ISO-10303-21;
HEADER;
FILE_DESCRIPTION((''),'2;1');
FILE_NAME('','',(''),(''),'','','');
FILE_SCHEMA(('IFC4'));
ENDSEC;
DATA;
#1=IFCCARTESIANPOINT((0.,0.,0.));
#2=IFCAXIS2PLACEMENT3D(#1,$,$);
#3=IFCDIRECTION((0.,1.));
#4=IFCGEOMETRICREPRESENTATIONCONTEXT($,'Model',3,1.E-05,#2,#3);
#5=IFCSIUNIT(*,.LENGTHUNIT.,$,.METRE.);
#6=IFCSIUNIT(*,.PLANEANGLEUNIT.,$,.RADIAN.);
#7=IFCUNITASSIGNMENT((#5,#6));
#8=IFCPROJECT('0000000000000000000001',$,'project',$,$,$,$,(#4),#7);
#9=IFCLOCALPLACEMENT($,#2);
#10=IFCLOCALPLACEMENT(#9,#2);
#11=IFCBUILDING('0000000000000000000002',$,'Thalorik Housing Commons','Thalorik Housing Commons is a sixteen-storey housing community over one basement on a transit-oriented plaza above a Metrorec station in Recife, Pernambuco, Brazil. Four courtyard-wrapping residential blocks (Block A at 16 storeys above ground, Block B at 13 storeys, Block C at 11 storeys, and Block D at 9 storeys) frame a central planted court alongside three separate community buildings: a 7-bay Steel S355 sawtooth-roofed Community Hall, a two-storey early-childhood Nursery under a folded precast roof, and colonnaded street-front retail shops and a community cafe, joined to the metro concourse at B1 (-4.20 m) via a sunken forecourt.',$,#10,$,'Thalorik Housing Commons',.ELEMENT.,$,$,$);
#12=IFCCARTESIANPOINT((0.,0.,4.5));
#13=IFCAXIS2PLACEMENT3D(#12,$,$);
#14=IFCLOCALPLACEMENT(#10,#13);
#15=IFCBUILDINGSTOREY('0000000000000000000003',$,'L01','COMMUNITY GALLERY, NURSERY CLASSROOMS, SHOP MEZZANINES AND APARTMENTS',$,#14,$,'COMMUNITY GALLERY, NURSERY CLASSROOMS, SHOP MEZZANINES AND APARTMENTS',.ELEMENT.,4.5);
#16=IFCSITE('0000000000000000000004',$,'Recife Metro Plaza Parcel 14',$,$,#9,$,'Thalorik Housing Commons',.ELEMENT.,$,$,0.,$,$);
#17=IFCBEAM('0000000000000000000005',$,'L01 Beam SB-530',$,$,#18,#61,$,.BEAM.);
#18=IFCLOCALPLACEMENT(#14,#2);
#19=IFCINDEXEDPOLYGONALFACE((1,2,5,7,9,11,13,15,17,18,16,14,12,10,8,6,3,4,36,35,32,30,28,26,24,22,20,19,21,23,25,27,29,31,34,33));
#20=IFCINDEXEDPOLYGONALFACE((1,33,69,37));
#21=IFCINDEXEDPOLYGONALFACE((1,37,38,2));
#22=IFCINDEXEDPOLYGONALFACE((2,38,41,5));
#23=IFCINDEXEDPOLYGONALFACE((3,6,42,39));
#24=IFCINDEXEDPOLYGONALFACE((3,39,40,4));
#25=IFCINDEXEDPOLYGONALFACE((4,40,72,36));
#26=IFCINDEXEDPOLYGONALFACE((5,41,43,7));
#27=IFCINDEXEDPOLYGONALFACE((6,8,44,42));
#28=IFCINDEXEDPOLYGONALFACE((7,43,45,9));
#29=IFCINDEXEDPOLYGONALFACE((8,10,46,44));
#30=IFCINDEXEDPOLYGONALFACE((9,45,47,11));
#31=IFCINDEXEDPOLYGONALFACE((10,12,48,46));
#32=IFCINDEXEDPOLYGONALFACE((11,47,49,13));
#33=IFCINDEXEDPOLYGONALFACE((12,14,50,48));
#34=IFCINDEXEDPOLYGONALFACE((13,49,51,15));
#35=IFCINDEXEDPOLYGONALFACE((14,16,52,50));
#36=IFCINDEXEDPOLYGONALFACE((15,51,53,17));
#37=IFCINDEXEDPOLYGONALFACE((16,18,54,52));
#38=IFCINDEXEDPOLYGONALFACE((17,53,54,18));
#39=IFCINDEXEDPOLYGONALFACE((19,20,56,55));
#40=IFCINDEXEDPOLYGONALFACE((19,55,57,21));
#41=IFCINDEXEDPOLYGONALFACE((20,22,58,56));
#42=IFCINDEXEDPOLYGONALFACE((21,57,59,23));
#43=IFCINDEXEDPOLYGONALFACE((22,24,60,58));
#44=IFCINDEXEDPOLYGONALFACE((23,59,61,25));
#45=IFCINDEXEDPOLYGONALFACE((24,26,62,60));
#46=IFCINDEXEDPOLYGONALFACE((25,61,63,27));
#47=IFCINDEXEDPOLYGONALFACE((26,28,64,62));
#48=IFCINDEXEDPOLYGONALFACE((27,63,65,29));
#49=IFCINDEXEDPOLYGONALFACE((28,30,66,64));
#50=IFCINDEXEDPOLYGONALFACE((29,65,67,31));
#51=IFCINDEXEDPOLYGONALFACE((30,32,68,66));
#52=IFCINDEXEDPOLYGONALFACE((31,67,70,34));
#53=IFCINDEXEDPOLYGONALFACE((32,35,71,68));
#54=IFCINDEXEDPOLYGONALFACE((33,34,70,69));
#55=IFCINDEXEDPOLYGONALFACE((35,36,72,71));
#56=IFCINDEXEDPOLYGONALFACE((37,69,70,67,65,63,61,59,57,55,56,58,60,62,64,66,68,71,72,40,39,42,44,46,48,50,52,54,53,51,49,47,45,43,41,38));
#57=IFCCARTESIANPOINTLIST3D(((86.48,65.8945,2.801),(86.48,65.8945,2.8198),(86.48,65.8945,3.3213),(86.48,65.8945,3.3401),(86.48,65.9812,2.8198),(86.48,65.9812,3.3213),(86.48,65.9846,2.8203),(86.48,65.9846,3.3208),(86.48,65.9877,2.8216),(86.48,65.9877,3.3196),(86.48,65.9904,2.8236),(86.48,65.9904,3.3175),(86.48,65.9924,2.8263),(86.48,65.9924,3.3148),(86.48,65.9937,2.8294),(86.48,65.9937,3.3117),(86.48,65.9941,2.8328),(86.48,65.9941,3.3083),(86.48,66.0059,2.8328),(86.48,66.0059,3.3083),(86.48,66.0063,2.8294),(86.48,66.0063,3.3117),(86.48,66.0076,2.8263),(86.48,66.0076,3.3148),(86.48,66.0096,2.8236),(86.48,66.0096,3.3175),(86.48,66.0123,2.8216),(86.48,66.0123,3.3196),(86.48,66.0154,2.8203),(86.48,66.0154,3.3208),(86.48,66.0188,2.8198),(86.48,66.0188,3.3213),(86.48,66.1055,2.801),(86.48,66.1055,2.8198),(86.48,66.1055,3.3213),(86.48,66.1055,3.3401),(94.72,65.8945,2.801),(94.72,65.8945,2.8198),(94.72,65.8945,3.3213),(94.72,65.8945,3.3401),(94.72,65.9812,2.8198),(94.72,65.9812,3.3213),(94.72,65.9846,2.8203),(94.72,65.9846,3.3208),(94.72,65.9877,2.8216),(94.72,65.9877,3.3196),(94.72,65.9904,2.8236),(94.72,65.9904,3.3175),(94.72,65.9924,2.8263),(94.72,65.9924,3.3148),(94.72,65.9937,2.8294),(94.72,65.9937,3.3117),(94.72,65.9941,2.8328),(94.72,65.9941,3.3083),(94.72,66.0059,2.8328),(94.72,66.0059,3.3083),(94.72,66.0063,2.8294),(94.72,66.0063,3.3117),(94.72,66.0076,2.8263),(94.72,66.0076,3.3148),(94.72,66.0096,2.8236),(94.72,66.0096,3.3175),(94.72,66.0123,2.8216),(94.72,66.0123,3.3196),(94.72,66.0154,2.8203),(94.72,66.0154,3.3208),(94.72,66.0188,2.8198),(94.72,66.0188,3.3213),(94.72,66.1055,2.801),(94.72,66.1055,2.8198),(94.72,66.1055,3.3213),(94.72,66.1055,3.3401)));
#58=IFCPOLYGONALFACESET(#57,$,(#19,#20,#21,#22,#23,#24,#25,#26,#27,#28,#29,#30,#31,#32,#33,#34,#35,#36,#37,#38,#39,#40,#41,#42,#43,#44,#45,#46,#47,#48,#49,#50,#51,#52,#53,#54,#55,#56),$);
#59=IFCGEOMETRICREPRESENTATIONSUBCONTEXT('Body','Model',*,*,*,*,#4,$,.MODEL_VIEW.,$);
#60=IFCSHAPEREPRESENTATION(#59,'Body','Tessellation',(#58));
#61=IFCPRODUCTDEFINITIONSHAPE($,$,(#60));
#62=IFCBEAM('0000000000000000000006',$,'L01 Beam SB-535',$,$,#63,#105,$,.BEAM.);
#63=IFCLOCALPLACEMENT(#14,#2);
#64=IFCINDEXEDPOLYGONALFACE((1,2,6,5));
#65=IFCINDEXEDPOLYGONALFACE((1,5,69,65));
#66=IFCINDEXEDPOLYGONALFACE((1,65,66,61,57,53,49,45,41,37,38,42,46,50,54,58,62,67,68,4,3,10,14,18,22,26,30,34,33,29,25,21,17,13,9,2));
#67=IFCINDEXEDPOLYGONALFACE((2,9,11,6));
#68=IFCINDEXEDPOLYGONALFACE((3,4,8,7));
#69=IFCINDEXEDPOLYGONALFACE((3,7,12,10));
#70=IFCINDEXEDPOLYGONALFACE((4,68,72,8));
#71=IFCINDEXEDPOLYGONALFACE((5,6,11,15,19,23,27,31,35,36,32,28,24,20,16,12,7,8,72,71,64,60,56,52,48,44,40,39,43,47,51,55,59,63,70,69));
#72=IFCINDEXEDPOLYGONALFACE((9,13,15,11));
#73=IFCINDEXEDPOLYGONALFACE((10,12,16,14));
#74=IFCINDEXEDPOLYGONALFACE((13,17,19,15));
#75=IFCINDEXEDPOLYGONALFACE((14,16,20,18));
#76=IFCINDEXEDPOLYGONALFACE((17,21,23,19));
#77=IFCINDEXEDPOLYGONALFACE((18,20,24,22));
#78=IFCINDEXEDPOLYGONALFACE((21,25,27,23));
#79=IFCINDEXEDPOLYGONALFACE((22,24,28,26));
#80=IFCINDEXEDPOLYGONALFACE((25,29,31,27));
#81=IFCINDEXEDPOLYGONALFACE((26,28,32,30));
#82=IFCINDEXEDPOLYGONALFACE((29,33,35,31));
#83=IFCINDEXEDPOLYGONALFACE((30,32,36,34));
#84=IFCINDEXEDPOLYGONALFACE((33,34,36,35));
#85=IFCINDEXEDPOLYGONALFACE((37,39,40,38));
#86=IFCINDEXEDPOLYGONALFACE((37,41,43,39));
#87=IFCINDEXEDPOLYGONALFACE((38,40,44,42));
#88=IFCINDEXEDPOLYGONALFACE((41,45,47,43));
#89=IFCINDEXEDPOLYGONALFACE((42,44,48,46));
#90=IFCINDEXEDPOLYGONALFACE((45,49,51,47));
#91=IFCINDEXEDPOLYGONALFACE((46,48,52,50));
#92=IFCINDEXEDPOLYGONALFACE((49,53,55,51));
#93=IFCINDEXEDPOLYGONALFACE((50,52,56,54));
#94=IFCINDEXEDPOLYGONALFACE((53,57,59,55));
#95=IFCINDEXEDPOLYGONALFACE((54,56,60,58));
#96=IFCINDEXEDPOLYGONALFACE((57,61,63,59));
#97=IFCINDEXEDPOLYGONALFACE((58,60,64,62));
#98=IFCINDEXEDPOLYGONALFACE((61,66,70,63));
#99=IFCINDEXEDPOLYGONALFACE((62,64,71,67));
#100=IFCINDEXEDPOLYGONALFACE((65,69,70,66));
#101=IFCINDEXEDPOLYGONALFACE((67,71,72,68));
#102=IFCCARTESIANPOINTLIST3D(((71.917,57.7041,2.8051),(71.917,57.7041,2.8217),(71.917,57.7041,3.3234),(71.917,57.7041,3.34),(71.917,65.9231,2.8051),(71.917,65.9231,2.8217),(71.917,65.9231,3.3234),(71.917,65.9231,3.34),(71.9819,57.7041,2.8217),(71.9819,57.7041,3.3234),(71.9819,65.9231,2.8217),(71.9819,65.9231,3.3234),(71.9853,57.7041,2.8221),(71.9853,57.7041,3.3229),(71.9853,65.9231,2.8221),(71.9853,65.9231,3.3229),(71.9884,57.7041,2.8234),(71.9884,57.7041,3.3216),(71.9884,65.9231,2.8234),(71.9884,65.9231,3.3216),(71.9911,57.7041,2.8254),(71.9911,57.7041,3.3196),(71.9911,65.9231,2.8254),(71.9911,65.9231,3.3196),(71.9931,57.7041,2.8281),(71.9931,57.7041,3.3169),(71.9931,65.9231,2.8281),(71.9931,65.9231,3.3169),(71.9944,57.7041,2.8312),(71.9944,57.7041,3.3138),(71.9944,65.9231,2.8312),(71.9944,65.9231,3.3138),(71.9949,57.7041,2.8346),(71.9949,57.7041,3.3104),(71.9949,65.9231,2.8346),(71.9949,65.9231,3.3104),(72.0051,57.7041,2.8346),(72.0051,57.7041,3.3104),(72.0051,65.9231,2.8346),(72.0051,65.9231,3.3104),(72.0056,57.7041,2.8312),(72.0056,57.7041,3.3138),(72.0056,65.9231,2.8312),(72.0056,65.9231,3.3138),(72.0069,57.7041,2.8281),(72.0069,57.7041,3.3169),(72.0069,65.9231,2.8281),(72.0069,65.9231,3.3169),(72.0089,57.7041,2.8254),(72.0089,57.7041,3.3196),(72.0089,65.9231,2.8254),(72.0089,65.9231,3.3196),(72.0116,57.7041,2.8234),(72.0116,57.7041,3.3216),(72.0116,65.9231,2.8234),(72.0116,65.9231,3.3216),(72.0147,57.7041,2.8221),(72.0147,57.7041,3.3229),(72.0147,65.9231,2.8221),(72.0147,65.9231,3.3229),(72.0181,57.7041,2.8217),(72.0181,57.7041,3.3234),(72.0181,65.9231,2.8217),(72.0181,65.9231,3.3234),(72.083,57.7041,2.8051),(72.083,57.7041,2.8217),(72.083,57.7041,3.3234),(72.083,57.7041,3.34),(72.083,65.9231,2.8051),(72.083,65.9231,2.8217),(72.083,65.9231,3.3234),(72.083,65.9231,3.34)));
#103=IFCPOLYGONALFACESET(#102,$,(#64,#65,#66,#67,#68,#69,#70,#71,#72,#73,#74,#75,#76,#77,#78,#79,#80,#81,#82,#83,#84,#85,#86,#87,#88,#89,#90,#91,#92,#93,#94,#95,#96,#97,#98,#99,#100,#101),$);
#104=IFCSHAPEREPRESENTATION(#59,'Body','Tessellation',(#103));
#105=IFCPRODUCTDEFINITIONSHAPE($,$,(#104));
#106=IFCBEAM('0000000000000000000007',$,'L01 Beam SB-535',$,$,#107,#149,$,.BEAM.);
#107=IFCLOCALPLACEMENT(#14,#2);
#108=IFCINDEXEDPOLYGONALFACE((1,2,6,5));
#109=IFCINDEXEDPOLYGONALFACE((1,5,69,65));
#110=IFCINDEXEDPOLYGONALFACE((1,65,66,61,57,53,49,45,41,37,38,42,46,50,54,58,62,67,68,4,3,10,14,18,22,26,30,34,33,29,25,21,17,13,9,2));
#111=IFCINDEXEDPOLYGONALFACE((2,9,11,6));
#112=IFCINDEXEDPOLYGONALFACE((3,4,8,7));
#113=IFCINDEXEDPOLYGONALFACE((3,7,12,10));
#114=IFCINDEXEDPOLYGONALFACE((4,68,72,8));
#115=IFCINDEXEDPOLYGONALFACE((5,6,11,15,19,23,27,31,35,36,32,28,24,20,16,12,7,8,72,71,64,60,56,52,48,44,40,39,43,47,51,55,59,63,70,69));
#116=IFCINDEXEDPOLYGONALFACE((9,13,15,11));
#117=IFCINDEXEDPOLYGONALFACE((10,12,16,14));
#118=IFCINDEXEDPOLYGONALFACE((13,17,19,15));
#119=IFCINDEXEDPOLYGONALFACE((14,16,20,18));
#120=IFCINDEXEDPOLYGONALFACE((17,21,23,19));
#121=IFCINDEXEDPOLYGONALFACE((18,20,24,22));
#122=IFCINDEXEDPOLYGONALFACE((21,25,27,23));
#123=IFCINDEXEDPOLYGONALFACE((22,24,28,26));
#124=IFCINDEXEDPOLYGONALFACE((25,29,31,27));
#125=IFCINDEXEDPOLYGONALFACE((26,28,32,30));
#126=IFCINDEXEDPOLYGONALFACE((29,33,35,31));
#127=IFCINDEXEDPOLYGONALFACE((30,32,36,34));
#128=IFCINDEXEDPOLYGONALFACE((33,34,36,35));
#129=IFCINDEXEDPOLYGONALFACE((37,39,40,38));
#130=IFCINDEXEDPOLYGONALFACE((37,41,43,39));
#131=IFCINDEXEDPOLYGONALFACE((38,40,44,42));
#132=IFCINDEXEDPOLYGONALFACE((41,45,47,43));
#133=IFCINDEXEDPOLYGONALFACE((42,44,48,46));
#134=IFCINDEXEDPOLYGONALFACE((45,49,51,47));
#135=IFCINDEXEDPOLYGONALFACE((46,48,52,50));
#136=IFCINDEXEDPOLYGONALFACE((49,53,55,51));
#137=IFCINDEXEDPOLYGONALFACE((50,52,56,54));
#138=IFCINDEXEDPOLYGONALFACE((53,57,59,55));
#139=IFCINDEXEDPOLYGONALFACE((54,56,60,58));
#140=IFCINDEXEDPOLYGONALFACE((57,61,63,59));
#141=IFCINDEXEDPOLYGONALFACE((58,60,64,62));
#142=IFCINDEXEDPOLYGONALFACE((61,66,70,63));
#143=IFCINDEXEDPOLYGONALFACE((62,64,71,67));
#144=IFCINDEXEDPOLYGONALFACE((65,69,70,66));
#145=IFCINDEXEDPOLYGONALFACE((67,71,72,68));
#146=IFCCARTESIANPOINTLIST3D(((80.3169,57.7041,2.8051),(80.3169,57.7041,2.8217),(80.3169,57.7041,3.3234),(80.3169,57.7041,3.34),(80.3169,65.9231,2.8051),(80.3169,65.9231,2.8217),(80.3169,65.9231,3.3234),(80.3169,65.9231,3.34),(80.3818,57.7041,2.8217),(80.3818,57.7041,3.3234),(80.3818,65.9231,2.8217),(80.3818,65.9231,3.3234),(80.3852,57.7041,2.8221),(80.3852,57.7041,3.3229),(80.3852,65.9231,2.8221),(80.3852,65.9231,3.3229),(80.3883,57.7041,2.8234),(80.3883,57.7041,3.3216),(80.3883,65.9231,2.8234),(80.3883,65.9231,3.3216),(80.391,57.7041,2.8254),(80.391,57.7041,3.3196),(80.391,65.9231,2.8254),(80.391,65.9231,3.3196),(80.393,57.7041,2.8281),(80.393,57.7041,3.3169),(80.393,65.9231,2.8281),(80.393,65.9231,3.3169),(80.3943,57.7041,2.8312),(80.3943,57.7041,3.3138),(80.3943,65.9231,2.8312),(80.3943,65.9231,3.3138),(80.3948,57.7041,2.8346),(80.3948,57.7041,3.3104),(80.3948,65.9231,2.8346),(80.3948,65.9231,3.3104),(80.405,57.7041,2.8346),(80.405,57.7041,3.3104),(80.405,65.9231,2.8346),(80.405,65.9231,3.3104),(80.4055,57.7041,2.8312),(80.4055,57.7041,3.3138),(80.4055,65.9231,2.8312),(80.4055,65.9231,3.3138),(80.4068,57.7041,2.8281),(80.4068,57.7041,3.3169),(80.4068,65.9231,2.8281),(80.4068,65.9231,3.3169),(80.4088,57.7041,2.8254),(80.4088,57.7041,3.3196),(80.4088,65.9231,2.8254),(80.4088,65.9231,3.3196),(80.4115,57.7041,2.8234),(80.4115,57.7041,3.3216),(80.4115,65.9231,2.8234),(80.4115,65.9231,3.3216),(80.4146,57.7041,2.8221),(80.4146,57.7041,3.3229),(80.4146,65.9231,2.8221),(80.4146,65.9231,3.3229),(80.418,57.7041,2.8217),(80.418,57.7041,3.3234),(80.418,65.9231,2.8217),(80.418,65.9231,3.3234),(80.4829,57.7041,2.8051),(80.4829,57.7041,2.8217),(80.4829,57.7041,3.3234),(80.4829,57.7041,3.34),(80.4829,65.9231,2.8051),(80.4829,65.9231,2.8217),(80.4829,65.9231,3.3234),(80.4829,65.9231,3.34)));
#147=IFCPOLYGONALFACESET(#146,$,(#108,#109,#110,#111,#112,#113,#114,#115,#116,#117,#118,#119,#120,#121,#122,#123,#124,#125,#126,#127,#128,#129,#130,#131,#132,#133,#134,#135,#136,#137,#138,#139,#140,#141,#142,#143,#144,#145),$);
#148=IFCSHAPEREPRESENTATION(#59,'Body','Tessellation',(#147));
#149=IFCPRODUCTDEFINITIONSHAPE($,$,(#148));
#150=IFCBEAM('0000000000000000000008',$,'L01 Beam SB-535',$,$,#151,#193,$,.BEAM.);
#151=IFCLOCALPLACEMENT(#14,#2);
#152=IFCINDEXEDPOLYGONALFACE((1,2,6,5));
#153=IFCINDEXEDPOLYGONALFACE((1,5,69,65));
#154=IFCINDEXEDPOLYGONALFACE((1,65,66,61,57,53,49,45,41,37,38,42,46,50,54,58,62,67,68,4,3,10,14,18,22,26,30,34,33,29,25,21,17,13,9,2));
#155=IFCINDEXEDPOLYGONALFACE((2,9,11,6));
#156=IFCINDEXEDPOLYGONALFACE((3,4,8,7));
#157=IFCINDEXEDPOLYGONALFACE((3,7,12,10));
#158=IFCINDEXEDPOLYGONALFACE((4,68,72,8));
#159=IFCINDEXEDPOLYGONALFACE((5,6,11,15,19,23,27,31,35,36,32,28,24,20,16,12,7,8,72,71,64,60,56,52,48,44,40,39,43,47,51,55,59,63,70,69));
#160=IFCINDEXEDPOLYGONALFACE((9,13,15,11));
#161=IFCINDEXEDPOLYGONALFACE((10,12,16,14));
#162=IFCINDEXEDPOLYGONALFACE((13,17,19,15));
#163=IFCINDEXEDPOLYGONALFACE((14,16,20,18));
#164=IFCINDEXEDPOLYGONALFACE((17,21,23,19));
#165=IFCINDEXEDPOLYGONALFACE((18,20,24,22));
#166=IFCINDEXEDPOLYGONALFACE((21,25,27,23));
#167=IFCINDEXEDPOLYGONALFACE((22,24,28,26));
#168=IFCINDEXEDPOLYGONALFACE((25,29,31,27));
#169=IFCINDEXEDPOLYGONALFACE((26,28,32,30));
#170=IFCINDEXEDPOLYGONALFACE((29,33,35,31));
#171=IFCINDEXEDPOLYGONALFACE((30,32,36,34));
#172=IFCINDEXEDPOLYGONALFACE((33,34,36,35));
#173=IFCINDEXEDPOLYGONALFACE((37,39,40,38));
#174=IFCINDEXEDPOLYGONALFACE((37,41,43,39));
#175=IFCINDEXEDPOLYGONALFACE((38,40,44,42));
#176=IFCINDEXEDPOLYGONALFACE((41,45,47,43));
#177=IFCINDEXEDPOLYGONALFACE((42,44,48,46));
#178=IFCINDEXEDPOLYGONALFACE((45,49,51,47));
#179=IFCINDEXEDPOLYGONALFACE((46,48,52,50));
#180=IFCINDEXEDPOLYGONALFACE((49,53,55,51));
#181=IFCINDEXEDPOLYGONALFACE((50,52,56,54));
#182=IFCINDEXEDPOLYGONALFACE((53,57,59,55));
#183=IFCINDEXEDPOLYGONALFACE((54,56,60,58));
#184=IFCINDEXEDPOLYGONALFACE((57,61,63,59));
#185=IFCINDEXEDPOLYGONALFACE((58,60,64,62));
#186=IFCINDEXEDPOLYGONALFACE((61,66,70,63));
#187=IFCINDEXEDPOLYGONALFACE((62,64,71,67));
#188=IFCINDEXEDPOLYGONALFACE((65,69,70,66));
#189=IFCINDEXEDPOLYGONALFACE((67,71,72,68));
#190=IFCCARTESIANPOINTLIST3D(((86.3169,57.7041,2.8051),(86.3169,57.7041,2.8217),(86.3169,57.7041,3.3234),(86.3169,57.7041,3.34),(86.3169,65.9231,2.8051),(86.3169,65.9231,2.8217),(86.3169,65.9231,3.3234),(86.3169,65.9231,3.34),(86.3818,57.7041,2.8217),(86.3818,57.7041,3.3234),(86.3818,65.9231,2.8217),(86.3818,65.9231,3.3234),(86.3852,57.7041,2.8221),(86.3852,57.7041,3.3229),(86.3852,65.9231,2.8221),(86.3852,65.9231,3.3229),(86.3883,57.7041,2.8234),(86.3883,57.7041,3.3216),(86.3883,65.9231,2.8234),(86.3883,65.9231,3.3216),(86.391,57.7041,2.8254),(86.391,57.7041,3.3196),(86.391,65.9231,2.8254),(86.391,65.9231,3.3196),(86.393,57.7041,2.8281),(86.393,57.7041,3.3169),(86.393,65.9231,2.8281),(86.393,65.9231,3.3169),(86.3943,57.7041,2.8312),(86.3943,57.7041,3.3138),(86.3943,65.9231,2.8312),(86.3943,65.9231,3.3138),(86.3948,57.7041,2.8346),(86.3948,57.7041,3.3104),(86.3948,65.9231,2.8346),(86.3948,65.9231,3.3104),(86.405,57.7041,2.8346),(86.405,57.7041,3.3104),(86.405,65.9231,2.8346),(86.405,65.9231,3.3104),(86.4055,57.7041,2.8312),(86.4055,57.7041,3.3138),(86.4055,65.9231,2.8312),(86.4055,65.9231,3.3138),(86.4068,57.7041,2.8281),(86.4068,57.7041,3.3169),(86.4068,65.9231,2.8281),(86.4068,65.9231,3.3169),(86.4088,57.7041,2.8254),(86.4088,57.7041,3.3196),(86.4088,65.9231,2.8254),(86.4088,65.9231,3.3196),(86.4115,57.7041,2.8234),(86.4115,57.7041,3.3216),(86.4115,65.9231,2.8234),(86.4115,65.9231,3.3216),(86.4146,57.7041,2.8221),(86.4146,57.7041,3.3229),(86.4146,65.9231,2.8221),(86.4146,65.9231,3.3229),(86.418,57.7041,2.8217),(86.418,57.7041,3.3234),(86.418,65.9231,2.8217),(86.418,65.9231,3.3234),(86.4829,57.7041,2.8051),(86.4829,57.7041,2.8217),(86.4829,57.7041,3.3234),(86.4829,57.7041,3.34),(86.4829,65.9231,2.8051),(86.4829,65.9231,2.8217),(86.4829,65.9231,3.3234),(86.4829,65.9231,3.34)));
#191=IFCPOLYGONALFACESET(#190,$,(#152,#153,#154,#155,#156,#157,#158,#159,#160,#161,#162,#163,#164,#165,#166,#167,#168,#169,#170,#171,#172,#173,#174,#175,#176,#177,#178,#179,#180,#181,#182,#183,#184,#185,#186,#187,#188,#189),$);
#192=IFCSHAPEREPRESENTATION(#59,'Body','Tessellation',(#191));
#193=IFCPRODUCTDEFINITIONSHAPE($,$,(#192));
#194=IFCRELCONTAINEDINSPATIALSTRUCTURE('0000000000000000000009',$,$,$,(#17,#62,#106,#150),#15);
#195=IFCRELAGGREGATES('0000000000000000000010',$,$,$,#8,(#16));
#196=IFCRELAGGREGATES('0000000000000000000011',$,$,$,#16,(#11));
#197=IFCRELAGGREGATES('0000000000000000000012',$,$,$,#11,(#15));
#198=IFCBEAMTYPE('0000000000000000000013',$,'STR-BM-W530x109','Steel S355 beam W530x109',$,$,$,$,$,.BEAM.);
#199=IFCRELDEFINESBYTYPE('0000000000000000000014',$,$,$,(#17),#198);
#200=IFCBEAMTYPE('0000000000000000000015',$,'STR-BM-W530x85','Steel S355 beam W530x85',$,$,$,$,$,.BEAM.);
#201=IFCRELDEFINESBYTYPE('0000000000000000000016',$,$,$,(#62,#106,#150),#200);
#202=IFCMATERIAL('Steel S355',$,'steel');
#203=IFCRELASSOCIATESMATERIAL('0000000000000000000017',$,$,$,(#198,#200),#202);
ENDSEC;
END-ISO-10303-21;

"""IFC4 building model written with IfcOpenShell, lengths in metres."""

from ifc_helpers import new_model, si_unit, direction, frame, origin, origin_2d, place, context, subcontext, project, spatial, i_section, extrude, material, material_profile, profile_set, type_object, element, save


model = new_model("IFC4")

# Units and contexts
model_context = context("Model", 3, precision=1e-05, world=origin(), true_north=direction((0.0, 1.0)))
body_context = subcontext(model_context, "Body", "Model", "MODEL_VIEW")
ifc_project = project(units=[si_unit("LENGTHUNIT", "METRE"), si_unit("PLANEANGLEUNIT", "RADIAN")], contexts=[model_context])

# Site, building, storey
site_placement = place(None, origin())
site = spatial("IfcSite", under=ifc_project, at=site_placement, Name="Recife Metro Plaza Parcel 14", LongName="Thalorik Housing Commons", CompositionType="ELEMENT", RefElevation=0.0)
building_placement = place(site_placement, origin())
building = spatial("IfcBuilding", under=site, at=building_placement, Name="Thalorik Housing Commons", Description="Thalorik Housing Commons is a sixteen-storey housing community over one basement on a transit-oriented plaza above a Metrorec station in Recife, Pernambuco, Brazil. Four courtyard-wrapping residential blocks (Block A at 16 storeys above ground, Block B at 13 storeys, Block C at 11 storeys, and Block D at 9 storeys) frame a central planted court alongside three separate community buildings: a 7-bay Steel S355 sawtooth-roofed Community Hall, a two-storey early-childhood Nursery under a folded precast roof, and colonnaded street-front retail shops and a community cafe, joined to the metro concourse at B1 (-4.20 m) via a sunken forecourt.", LongName="Thalorik Housing Commons", CompositionType="ELEMENT")
storey_placement = place(building_placement, frame((0.0, 0.0, 4.5)))
storey = spatial("IfcBuildingStorey", under=building, at=storey_placement, Name="L01", Description="COMMUNITY GALLERY, NURSERY CLASSROOMS, SHOP MEZZANINES AND APARTMENTS", LongName="COMMUNITY GALLERY, NURSERY CLASSROOMS, SHOP MEZZANINES AND APARTMENTS", CompositionType="ELEMENT", Elevation=4.5)

# Shared definitions
ifc_material_1 = material(Name="Steel S355", Category="steel")

# Beams
ifc_material_profile_1 = material_profile(ifc_material_1, i_section(OverallWidth=0.2109, OverallDepth=0.5391, WebThickness=0.0117, FlangeThickness=0.0188, FilletRadius=0.0129, at=origin_2d()), Name="W530x109", Category="steel")
ifc_profile_set_1 = profile_set([ifc_material_profile_1], Name="Steel S355")
beam_type_1 = type_object("IfcBeamType", Name="STR-BM-W530x109", Description="Steel S355 beam W530x109", PredefinedType="BEAM", material=ifc_profile_set_1)
for number, where, z_axis, x_axis, name in (
    (1, (86.48, 66.0, 3.0706), (1.0, 0.0, 0.0), (0.0, 1.0, 0.0), "L01 Beam SB-530"),
):
    element("IfcBeam", number, at=place(storey_placement, frame(where, z_axis=z_axis, x_axis=x_axis)), inside=storey, type_object=beam_type_1, Name=name, PredefinedType="BEAM", context=body_context, shape_type="SweptSolid", body=[
        extrude(i_section(OverallWidth=0.2109, OverallDepth=0.5391, WebThickness=0.0117, FlangeThickness=0.0188, FilletRadius=0.0129, at=origin_2d()), origin(), (0.0, 0.0, 1.0), 8.24),
    ])
ifc_material_profile_2 = material_profile(ifc_material_1, i_section(OverallWidth=0.166, OverallDepth=0.5349, WebThickness=0.0103, FlangeThickness=0.0166, FilletRadius=0.0129, at=origin_2d()), Name="W530x85", Category="steel")
ifc_profile_set_2 = profile_set([ifc_material_profile_2], Name="Steel S355")
beam_type_2 = type_object("IfcBeamType", Name="STR-BM-W530x85", Description="Steel S355 beam W530x85", PredefinedType="BEAM", material=ifc_profile_set_2)
for number, where, z_axis, x_axis, name in (
    (2, (72.0, 57.7041, 3.0725), (0.0, 1.0, 0.0), (-1.0, 0.0, 0.0), "L01 Beam SB-535"),
    (3, (80.3999, 57.7041, 3.0725), (0.0, 1.0, 0.0), (-1.0, 0.0, 0.0), "L01 Beam SB-535"),
    (4, (86.3999, 57.7041, 3.0725), (0.0, 1.0, 0.0), (-1.0, 0.0, 0.0), "L01 Beam SB-535"),
):
    element("IfcBeam", number, at=place(storey_placement, frame(where, z_axis=z_axis, x_axis=x_axis)), inside=storey, type_object=beam_type_2, Name=name, PredefinedType="BEAM", context=body_context, shape_type="SweptSolid", body=[
        extrude(i_section(OverallWidth=0.166, OverallDepth=0.5349, WebThickness=0.0103, FlangeThickness=0.0166, FilletRadius=0.0129, at=origin_2d()), origin(), (0.0, 0.0, 1.0), 8.219),
    ])

save(model, "model.ifc")
